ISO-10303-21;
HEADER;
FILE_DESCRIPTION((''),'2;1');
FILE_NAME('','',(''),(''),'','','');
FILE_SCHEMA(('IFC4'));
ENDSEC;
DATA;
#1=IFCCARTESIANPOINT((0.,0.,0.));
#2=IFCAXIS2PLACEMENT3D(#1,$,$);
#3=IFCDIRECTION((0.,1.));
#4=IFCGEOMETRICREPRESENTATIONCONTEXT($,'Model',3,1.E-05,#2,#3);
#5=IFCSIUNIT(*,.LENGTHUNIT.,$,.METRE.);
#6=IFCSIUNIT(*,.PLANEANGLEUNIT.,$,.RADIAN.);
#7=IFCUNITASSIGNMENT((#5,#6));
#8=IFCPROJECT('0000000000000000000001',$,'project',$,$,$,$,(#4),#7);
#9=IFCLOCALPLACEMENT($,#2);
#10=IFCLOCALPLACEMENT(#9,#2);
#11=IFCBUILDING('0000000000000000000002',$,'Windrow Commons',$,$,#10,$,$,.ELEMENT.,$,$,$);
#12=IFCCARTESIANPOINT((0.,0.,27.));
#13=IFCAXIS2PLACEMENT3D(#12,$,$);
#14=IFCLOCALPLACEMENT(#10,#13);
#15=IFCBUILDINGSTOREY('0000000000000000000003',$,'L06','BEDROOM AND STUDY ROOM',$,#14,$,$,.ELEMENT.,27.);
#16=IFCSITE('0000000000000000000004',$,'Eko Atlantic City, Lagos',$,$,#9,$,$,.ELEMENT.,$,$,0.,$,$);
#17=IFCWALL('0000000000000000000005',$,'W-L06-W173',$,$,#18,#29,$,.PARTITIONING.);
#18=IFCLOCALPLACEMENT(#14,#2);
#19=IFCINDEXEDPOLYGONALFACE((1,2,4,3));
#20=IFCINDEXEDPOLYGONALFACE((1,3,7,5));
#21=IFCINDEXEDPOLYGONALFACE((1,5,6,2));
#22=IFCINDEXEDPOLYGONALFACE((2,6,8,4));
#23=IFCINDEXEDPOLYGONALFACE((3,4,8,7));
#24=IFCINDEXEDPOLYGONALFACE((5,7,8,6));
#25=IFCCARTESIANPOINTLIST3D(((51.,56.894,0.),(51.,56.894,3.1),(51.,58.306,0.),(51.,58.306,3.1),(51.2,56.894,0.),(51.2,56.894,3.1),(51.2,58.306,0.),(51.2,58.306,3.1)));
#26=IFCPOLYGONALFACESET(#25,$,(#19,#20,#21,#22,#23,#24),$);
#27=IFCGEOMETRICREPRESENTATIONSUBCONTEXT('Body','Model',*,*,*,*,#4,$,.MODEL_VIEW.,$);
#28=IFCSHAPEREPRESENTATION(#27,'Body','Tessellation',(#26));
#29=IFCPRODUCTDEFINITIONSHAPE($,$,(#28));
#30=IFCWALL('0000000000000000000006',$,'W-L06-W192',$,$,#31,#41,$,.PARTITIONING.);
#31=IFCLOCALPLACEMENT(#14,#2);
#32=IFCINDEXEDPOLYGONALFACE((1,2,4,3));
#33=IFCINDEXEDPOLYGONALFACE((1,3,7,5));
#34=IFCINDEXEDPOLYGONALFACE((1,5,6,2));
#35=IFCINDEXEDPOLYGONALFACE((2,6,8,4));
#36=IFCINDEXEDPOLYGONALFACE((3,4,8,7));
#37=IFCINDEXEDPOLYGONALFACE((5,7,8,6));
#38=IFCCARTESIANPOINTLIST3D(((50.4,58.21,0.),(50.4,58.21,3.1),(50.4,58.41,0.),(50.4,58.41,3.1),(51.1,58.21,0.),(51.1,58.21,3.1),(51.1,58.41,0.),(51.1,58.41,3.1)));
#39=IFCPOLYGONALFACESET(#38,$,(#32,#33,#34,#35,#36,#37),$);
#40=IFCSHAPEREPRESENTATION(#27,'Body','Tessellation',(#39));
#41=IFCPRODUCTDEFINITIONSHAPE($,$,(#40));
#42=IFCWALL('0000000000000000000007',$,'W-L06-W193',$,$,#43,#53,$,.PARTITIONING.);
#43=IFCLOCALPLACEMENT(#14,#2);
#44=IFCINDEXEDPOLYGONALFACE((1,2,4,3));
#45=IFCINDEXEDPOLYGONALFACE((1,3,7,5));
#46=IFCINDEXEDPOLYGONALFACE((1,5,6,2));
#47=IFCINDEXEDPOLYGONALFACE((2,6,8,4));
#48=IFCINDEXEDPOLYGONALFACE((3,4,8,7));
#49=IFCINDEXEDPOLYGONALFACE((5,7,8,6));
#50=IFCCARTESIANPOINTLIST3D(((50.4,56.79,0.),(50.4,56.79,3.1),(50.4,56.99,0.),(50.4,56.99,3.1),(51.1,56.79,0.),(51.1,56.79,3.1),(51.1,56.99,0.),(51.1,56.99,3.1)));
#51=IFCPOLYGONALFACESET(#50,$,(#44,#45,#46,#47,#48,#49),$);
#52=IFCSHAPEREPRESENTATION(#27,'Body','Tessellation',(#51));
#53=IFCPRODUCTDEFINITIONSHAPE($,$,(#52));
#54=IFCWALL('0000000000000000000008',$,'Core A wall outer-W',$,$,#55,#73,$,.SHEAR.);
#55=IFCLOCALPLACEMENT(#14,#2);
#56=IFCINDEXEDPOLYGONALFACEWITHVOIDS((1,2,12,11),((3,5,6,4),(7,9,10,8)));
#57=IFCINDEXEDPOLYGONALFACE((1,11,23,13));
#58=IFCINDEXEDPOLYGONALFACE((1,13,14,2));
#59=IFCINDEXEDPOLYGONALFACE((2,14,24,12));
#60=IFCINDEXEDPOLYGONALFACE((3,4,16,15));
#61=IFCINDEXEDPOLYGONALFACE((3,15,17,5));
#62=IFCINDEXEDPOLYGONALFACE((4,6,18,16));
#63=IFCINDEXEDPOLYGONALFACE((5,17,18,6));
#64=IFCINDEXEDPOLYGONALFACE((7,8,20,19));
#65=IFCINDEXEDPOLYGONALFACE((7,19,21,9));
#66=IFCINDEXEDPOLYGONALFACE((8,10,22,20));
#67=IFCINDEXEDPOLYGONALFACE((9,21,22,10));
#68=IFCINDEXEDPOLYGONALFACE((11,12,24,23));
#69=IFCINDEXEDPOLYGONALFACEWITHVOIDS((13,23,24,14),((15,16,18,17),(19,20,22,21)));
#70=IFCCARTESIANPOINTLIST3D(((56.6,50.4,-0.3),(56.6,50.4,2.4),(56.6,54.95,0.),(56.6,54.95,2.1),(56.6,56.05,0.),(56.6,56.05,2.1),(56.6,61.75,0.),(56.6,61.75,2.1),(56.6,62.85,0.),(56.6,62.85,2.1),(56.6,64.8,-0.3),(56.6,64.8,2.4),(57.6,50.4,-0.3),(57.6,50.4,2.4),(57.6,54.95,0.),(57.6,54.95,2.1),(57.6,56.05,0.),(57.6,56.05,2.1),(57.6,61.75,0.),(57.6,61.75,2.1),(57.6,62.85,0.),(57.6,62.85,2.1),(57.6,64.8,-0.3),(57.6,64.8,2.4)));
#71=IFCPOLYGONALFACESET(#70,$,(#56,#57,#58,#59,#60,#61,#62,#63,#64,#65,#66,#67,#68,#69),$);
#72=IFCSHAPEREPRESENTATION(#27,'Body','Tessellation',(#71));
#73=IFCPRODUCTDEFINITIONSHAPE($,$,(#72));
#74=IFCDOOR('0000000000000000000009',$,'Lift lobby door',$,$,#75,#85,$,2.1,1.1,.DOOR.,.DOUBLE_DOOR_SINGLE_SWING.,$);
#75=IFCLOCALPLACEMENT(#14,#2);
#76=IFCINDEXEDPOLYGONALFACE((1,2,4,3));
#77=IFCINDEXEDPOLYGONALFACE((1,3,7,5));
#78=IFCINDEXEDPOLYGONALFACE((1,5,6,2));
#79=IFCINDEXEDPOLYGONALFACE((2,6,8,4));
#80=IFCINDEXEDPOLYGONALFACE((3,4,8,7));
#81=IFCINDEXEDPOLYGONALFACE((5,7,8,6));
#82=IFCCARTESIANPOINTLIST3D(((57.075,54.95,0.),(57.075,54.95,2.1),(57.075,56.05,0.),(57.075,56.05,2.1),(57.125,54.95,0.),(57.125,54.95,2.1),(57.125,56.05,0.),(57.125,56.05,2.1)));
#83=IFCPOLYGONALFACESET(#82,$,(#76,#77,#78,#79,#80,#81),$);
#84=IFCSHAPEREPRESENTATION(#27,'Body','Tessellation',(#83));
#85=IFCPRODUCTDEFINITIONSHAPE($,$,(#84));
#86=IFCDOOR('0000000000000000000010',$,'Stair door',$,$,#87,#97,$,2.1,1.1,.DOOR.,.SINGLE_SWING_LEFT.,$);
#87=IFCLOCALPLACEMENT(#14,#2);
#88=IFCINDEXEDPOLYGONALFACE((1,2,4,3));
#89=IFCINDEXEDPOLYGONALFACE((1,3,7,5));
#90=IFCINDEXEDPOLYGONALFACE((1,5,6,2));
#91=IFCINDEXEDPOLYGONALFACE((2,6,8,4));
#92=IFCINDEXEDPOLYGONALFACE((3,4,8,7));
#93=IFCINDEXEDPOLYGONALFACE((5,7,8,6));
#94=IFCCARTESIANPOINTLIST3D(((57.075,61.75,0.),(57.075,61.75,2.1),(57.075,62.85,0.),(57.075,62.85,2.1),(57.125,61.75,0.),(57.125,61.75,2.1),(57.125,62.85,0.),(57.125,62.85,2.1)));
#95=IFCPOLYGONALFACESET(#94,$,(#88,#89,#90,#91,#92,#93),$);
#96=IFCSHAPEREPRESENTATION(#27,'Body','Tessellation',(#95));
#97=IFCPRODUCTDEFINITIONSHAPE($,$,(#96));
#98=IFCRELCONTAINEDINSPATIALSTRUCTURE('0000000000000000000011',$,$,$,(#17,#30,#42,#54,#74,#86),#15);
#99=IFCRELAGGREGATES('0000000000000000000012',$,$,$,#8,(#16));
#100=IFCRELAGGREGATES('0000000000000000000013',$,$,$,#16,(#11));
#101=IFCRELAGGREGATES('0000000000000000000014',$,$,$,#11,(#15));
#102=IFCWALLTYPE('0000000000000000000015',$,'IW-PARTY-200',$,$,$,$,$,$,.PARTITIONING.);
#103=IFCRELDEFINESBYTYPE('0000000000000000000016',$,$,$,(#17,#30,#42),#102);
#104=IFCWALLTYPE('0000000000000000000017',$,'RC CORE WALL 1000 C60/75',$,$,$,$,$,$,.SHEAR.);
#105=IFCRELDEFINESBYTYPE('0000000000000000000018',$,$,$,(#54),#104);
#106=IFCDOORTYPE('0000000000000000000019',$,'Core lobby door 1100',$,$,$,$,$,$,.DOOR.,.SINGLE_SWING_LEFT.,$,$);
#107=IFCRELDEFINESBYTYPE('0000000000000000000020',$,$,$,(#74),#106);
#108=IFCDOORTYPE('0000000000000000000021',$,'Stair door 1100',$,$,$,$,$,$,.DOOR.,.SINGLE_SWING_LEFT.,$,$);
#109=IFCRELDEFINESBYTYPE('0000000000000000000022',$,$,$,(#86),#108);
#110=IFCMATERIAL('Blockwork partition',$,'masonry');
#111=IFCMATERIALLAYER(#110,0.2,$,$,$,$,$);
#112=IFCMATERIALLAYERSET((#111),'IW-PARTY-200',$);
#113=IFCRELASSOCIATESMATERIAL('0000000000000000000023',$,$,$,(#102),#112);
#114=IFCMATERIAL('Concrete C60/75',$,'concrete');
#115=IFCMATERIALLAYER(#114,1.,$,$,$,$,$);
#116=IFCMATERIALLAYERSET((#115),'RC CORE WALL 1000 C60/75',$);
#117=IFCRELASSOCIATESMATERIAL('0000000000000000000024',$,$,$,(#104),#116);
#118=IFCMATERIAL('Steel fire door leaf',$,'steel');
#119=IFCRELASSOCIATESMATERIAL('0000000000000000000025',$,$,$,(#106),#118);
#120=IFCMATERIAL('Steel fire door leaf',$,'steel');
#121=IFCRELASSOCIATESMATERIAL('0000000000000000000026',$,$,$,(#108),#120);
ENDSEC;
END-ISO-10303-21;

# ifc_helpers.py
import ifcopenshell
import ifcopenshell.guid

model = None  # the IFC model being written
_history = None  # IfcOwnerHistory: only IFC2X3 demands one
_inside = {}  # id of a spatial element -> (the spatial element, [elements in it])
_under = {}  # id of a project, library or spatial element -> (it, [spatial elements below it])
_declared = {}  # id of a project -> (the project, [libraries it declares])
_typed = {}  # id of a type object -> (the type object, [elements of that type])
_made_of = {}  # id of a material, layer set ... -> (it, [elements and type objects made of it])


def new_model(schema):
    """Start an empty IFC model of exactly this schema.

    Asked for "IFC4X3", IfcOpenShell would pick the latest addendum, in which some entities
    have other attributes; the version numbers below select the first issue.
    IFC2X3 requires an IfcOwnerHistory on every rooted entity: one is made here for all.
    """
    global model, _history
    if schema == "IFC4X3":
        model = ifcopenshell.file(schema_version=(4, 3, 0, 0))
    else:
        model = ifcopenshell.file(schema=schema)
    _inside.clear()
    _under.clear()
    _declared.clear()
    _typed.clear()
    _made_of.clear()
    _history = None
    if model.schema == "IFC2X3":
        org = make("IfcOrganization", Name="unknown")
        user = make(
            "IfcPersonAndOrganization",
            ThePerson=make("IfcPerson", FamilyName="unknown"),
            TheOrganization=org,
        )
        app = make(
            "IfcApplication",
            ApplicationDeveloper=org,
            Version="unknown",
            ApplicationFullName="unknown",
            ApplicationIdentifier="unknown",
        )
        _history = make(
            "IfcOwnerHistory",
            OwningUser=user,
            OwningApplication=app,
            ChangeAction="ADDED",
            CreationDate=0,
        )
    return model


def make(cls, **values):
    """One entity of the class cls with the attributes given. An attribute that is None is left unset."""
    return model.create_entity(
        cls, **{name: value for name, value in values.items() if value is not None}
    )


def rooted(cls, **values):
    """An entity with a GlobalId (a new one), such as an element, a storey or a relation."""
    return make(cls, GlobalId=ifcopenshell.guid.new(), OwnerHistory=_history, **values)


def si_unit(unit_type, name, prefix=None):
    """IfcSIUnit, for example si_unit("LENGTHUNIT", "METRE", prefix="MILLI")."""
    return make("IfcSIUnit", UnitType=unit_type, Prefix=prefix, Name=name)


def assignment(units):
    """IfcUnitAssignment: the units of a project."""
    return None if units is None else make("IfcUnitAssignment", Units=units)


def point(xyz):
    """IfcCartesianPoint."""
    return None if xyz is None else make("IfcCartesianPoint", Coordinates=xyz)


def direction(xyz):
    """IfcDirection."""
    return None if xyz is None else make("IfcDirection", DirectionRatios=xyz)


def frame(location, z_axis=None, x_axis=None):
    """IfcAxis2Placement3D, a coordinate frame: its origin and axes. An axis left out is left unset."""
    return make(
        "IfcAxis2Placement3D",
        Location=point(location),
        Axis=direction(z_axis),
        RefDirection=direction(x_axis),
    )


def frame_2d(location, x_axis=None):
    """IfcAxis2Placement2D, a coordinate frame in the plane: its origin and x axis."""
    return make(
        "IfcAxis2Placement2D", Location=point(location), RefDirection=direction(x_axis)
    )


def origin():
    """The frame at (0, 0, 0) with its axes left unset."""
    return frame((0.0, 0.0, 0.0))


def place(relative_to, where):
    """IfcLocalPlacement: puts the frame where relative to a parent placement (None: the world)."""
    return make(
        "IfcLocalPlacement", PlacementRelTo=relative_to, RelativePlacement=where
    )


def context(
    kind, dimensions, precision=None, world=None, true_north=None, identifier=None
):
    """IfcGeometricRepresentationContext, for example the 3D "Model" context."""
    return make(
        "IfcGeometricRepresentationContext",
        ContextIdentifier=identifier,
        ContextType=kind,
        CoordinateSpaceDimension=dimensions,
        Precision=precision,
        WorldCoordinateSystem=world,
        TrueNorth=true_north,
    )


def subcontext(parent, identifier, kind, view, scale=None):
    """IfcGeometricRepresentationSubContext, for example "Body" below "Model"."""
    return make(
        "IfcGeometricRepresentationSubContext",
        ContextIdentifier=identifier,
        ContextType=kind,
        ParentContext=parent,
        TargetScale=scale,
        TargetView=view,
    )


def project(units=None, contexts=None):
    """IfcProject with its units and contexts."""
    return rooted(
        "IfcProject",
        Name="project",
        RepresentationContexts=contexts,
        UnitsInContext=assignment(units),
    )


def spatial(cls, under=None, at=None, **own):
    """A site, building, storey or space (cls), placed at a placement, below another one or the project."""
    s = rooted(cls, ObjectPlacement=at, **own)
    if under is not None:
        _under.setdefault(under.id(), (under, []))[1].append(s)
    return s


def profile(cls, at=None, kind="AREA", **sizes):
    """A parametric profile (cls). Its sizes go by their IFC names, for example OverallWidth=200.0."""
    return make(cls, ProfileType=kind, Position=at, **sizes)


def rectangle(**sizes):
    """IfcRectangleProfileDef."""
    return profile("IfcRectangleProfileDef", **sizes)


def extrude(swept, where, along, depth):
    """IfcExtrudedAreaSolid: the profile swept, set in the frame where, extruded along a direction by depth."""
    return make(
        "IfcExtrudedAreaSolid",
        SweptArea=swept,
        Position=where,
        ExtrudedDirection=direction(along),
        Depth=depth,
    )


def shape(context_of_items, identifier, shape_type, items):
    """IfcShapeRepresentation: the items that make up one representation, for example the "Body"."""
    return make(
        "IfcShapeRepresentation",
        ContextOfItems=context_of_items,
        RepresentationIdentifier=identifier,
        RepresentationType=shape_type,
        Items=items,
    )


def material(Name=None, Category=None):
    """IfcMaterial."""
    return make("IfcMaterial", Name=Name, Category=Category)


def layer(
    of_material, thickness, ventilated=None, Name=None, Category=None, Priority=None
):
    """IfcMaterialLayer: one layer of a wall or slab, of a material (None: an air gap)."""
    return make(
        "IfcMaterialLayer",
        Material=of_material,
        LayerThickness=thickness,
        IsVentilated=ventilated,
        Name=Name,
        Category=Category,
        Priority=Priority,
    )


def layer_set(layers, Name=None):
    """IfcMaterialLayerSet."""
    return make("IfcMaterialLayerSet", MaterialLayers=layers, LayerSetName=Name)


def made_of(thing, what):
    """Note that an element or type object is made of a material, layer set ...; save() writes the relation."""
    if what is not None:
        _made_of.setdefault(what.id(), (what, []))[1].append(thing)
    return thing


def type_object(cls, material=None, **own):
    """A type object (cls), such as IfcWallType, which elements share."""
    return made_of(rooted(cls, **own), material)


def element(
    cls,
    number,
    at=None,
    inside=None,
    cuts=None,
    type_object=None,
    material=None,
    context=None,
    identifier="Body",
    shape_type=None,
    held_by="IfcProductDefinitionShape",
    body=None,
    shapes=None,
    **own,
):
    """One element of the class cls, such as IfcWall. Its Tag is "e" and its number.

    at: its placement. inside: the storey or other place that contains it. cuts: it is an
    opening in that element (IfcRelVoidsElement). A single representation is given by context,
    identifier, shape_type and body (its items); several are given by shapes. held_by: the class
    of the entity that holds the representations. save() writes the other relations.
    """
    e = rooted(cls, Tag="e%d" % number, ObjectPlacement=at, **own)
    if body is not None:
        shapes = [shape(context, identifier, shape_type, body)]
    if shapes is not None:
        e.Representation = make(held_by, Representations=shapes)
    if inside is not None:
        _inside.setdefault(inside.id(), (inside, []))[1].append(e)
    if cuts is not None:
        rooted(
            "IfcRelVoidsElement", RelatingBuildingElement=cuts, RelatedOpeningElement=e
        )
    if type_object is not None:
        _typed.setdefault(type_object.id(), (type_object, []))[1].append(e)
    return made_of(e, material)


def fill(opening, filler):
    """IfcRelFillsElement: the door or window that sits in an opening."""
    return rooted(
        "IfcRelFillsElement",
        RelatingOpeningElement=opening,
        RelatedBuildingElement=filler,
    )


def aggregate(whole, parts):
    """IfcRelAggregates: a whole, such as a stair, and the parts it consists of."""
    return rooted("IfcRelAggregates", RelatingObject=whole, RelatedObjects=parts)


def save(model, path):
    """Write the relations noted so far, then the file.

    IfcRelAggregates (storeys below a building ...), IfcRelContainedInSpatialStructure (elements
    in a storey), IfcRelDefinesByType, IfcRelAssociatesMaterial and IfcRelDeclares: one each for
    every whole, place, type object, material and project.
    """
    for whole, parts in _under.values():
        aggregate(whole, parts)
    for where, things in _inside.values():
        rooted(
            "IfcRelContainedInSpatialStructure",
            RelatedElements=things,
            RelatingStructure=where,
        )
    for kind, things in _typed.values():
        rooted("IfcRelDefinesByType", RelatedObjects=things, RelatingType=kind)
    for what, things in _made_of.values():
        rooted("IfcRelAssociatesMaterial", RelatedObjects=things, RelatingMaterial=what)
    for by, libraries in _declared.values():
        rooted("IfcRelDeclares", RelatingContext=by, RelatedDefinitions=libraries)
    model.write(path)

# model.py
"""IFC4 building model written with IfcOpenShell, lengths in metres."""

from ifc_helpers import new_model, si_unit, direction, frame, frame_2d, origin, place, context, subcontext, project, spatial, rectangle, extrude, material, layer, layer_set, type_object, element, fill, save


model = new_model("IFC4")

# Units and contexts
model_context = context("Model", 3, precision=1e-05, world=origin(), true_north=direction((0.0, 1.0)))
body_context = subcontext(model_context, "Body", "Model", "MODEL_VIEW")
ifc_project = project(units=[si_unit("LENGTHUNIT", "METRE"), si_unit("PLANEANGLEUNIT", "RADIAN")], contexts=[model_context])

# Site, building, storey
site_placement = place(None, origin())
site = spatial("IfcSite", under=ifc_project, at=site_placement, Name="Eko Atlantic City, Lagos", CompositionType="ELEMENT", RefElevation=0.0)
building_placement = place(site_placement, origin())
building = spatial("IfcBuilding", under=site, at=building_placement, Name="Windrow Commons", CompositionType="ELEMENT")
storey_placement = place(building_placement, frame((0.0, 0.0, 27.0)))
storey = spatial("IfcBuildingStorey", under=building, at=storey_placement, Name="L06", Description="BEDROOM AND STUDY ROOM", CompositionType="ELEMENT", Elevation=27.0)

# Walls
ifc_material_1 = material(Name="Blockwork partition", Category="masonry")
ifc_layer_1 = layer(ifc_material_1, 0.2)
ifc_layer_set_1 = layer_set([ifc_layer_1], Name="IW-PARTY-200")
wall_type_1 = type_object("IfcWallType", Name="IW-PARTY-200", PredefinedType="PARTITIONING", material=ifc_layer_set_1)
wall_1_placement = place(storey_placement, frame((51.1, 56.894, 0.0), z_axis=(0.0, 0.0, 1.0), x_axis=(0.0, 1.0, 0.0)))
element("IfcWall", 1, at=wall_1_placement, inside=storey, type_object=wall_type_1, Name="W-L06-W173", PredefinedType="PARTITIONING", context=body_context, shape_type="SweptSolid", body=[
    extrude(rectangle(XDim=1.412, YDim=0.2, at=frame_2d((0.706, 0.0))), origin(), (0.0, 0.0, 1.0), 3.1),
])
for number, where, z_axis, x_axis, name in (
    (2, (50.4, 58.31, 0.0), (0.0, 0.0, 1.0), (1.0, 0.0, 0.0), "W-L06-W192"),
    (3, (50.4, 56.89, 0.0), (0.0, 0.0, 1.0), (1.0, 0.0, 0.0), "W-L06-W193"),
):
    element("IfcWall", number, at=place(storey_placement, frame(where, z_axis=z_axis, x_axis=x_axis)), inside=storey, type_object=wall_type_1, Name=name, PredefinedType="PARTITIONING", context=body_context, shape_type="SweptSolid", body=[
        extrude(rectangle(XDim=0.7, YDim=0.2, at=frame_2d((0.35, 0.0))), origin(), (0.0, 0.0, 1.0), 3.1),
    ])

# Wall, openings, doors
ifc_material_2 = material(Name="Concrete C60/75", Category="concrete")
ifc_layer_2 = layer(ifc_material_2, 1.0)
ifc_layer_set_2 = layer_set([ifc_layer_2], Name="RC CORE WALL 1000 C60/75")
wall_type_2 = type_object("IfcWallType", Name="RC CORE WALL 1000 C60/75", PredefinedType="SHEAR", material=ifc_layer_set_2)
wall_2_placement = place(storey_placement, frame((57.1, 50.4, -0.3), z_axis=(0.0, 0.0, 1.0), x_axis=(0.0, 1.0, 0.0)))
wall_2 = element("IfcWall", 4, at=wall_2_placement, inside=storey, type_object=wall_type_2, Name="Core A wall outer-W", PredefinedType="SHEAR", context=body_context, shape_type="SweptSolid", body=[
    extrude(rectangle(XDim=14.4, YDim=1.0, at=frame_2d((7.2, 0.0))), origin(), (0.0, 0.0, 1.0), 2.7),
])
opening_1_placement = place(wall_2_placement, frame((4.55, 0.0, 0.3)))
opening_1 = element("IfcOpeningElement", 5, at=opening_1_placement, cuts=wall_2, PredefinedType="OPENING", context=body_context, shape_type="SweptSolid", body=[
    extrude(rectangle(XDim=1.1, YDim=2.1, at=frame_2d((0.55, 1.05))), frame((0.0, 0.51, 0.0), z_axis=(0.0, -1.0, 0.0), x_axis=(1.0, 0.0, 0.0)), (0.0, 0.0, 1.0), 1.02),
])
opening_2_placement = place(wall_2_placement, frame((11.35, 0.0, 0.3)))
opening_2 = element("IfcOpeningElement", 6, at=opening_2_placement, cuts=wall_2, PredefinedType="OPENING", context=body_context, shape_type="SweptSolid", body=[
    extrude(rectangle(XDim=1.1, YDim=2.1, at=frame_2d((0.55, 1.05))), frame((0.0, 0.51, 0.0), z_axis=(0.0, -1.0, 0.0), x_axis=(1.0, 0.0, 0.0)), (0.0, 0.0, 1.0), 1.02),
])
ifc_material_3 = material(Name="Steel fire door leaf", Category="steel")
door_type_1 = type_object("IfcDoorType", Name="Core lobby door 1100", OperationType="SINGLE_SWING_LEFT", PredefinedType="DOOR", material=ifc_material_3)
door_1_placement = place(opening_1_placement, origin())
door_1 = element("IfcDoor", 7, at=door_1_placement, inside=storey, type_object=door_type_1, Name="Lift lobby door", OperationType="DOUBLE_DOOR_SINGLE_SWING", OverallHeight=2.1, OverallWidth=1.1, PredefinedType="DOOR", context=body_context, shape_type="SweptSolid", body=[
    extrude(rectangle(XDim=1.1, YDim=2.1, at=frame_2d((0.55, 1.05))), frame((0.0, 0.025, 0.0), z_axis=(0.0, -1.0, 0.0), x_axis=(1.0, 0.0, 0.0)), (0.0, 0.0, 1.0), 0.05),
])
fill(opening_1, door_1)
ifc_material_4 = material(Name="Steel fire door leaf", Category="steel")
door_type_2 = type_object("IfcDoorType", Name="Stair door 1100", OperationType="SINGLE_SWING_LEFT", PredefinedType="DOOR", material=ifc_material_4)
door_2_placement = place(opening_2_placement, origin())
door_2 = element("IfcDoor", 8, at=door_2_placement, inside=storey, type_object=door_type_2, Name="Stair door", OperationType="SINGLE_SWING_LEFT", OverallHeight=2.1, OverallWidth=1.1, PredefinedType="DOOR", context=body_context, shape_type="SweptSolid", body=[
    extrude(rectangle(XDim=1.1, YDim=2.1, at=frame_2d((0.55, 1.05))), frame((0.0, 0.025, 0.0), z_axis=(0.0, -1.0, 0.0), x_axis=(1.0, 0.0, 0.0)), (0.0, 0.0, 1.0), 0.05),
])
fill(opening_2, door_2)

save(model, "model.ifc")
